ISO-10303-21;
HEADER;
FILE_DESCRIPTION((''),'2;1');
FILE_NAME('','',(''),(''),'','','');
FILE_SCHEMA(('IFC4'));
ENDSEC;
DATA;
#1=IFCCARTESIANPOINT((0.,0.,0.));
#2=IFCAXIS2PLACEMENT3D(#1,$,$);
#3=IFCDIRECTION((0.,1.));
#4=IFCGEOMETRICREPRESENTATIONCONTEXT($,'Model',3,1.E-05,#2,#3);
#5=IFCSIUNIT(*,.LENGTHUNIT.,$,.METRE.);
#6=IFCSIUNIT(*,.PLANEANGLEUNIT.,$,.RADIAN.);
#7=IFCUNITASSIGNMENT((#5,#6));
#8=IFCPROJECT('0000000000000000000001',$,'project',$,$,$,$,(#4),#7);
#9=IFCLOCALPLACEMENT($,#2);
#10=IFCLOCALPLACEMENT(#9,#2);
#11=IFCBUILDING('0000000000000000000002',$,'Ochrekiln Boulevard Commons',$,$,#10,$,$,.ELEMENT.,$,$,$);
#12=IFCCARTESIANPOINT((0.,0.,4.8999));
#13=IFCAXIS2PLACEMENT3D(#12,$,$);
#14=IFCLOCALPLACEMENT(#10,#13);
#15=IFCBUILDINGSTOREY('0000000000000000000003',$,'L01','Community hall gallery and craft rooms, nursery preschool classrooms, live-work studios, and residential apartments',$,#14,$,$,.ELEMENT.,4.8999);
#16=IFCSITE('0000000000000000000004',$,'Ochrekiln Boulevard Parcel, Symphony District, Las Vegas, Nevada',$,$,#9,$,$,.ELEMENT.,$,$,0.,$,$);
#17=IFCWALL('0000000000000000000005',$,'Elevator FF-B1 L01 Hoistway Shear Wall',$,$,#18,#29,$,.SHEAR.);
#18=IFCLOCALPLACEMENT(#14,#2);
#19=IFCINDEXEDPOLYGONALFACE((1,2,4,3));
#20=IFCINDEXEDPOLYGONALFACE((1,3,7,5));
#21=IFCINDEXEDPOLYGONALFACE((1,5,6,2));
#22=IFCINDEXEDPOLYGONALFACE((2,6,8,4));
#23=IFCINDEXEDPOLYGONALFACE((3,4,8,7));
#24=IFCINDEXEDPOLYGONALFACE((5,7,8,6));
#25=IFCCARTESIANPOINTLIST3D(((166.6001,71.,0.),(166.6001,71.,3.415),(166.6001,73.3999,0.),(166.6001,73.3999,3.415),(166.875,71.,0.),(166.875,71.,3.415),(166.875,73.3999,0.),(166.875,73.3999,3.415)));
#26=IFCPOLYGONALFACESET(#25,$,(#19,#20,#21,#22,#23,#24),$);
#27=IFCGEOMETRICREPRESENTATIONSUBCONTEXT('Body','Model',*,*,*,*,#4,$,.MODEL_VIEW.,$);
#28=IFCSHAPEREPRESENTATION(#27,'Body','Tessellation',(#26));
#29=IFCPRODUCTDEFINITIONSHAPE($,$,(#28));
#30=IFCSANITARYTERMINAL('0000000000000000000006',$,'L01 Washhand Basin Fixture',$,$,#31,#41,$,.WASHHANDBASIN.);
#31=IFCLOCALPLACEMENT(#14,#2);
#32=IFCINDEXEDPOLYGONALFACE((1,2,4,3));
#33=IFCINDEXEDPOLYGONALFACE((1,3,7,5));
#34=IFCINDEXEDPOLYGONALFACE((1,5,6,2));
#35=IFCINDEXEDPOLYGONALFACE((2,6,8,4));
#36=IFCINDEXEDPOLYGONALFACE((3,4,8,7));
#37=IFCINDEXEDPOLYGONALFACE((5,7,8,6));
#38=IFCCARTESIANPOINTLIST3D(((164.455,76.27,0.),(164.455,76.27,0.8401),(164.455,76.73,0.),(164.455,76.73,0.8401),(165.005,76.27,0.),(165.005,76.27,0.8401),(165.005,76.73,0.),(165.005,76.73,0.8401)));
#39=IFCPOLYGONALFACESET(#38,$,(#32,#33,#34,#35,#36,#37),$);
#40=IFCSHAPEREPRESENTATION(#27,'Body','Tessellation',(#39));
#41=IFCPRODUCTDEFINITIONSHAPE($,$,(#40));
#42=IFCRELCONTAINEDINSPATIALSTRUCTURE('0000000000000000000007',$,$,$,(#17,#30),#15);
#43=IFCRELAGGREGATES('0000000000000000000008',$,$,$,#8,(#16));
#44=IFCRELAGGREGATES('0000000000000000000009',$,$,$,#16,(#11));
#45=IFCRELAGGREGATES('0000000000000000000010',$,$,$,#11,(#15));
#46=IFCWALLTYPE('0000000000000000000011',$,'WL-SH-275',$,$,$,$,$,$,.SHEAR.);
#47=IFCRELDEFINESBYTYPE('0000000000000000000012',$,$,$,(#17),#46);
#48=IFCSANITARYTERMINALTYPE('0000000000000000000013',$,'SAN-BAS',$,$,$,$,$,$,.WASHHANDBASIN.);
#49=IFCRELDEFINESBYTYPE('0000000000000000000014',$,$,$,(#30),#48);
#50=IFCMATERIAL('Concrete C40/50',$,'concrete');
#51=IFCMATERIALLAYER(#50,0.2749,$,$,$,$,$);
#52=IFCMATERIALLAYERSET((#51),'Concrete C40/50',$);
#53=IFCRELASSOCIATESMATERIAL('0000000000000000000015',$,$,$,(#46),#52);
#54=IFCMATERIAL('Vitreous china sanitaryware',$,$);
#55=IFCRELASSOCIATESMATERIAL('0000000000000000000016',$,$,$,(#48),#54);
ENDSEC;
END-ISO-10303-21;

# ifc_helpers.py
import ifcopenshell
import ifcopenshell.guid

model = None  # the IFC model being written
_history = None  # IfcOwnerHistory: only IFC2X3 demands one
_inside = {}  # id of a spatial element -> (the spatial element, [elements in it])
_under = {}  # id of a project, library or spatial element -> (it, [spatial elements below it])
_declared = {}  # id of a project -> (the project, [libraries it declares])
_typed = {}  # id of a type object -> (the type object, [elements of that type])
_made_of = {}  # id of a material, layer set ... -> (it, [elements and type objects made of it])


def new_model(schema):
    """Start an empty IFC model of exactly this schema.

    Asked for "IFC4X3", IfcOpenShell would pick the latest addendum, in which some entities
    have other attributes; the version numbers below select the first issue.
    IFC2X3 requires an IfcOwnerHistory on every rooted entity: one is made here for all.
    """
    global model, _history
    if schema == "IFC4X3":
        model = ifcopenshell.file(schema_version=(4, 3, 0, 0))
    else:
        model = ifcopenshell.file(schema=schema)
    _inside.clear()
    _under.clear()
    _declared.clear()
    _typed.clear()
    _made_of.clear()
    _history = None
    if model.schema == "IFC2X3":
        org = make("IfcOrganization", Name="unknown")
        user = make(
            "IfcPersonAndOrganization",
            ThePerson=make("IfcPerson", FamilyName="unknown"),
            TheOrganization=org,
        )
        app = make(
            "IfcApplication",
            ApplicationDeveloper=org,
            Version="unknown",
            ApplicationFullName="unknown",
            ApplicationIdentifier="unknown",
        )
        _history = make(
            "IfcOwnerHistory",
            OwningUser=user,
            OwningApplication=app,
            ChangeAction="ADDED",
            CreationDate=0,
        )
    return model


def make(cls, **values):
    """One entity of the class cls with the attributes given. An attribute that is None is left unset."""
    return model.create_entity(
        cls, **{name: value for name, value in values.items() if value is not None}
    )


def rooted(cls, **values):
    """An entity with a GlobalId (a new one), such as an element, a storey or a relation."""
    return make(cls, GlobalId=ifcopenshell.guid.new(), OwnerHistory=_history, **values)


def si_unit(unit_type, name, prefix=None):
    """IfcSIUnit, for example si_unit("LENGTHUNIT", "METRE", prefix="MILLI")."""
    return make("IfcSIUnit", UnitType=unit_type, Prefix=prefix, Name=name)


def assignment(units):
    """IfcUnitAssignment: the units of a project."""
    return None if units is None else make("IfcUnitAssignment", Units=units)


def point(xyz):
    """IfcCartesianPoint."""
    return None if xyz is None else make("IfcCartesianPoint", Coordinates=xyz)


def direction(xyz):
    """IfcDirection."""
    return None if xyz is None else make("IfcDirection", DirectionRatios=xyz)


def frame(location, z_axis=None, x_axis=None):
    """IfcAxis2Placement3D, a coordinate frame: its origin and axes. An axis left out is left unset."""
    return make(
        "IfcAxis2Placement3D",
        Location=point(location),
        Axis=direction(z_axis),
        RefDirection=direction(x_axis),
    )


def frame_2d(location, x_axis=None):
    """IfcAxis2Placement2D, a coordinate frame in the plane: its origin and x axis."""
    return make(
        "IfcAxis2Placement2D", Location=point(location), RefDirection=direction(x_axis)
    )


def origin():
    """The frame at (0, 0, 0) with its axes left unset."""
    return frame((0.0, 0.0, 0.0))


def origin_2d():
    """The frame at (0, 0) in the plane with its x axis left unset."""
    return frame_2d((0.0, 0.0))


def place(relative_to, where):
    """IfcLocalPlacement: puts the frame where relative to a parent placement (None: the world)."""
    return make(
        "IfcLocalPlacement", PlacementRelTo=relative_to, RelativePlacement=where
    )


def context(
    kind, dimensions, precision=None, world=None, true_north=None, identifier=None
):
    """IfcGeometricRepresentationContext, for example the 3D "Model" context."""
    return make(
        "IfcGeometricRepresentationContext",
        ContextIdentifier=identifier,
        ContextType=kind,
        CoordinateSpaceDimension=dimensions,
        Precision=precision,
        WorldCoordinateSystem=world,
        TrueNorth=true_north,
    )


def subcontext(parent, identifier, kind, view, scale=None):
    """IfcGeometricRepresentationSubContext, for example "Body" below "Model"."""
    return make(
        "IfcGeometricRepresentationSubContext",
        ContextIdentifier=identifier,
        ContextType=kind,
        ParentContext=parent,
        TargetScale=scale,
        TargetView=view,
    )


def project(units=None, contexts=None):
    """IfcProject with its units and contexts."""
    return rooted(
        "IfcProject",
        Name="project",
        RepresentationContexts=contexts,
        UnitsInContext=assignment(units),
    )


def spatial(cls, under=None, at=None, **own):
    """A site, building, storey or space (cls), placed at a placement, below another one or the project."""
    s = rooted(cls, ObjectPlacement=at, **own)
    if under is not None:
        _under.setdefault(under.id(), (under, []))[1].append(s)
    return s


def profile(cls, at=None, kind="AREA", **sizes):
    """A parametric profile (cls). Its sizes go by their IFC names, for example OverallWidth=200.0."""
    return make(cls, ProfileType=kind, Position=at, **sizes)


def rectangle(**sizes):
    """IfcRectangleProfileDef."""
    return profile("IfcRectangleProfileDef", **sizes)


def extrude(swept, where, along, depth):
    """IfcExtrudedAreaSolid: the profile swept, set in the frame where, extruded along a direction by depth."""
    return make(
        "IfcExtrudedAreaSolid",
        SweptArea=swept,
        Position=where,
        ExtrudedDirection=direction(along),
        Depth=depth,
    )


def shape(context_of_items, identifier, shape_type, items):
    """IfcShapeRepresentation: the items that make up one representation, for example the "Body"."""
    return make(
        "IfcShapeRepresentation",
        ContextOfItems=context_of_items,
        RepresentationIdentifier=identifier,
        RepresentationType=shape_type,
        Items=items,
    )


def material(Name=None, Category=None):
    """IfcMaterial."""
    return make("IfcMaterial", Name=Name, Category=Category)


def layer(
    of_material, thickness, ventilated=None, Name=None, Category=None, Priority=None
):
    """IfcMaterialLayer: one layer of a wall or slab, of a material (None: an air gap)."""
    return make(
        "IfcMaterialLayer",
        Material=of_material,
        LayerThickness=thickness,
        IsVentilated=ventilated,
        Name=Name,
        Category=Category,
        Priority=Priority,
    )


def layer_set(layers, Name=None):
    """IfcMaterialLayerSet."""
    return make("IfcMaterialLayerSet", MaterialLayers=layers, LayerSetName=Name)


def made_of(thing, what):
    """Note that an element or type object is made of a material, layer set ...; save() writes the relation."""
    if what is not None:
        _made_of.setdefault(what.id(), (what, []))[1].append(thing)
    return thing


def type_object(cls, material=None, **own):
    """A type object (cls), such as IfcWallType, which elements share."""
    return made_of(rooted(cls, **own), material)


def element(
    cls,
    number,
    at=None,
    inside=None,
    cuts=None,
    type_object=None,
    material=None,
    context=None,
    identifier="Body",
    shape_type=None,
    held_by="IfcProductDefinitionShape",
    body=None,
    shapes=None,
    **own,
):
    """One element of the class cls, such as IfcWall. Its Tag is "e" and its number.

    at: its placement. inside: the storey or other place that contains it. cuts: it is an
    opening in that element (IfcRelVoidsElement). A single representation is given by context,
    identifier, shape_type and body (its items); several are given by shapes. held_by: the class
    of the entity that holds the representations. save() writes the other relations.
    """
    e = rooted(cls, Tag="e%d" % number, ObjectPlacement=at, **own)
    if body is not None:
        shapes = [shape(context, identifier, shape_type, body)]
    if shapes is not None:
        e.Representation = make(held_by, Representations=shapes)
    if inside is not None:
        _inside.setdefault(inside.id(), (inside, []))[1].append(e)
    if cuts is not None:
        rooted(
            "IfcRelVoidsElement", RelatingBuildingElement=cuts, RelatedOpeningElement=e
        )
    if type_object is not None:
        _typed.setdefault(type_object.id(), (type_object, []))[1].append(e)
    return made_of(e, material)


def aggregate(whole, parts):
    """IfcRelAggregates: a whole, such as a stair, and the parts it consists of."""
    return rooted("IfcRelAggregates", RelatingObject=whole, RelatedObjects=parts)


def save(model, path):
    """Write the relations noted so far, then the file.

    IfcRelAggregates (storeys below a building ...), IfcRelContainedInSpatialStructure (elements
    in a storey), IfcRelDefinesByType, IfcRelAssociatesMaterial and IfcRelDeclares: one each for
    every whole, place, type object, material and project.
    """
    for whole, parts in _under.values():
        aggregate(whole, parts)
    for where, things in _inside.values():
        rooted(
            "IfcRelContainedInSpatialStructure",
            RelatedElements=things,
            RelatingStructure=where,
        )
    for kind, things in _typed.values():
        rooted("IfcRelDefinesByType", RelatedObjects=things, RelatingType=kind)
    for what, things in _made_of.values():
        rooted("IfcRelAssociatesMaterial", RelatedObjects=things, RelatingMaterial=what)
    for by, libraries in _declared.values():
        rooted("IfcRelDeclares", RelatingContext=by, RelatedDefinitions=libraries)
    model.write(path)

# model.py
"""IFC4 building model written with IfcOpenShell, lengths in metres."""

from ifc_helpers import new_model, si_unit, direction, frame, frame_2d, origin, origin_2d, place, context, subcontext, project, spatial, rectangle, extrude, material, layer, layer_set, type_object, element, save


model = new_model("IFC4")

# Units and contexts
model_context = context("Model", 3, precision=1e-05, world=origin(), true_north=direction((0.0, 1.0)))
body_context = subcontext(model_context, "Body", "Model", "MODEL_VIEW")
ifc_project = project(units=[si_unit("LENGTHUNIT", "METRE"), si_unit("PLANEANGLEUNIT", "RADIAN")], contexts=[model_context])

# Site, building, storey
site_placement = place(None, origin())
site = spatial("IfcSite", under=ifc_project, at=site_placement, Name="Ochrekiln Boulevard Parcel, Symphony District, Las Vegas, Nevada", CompositionType="ELEMENT", RefElevation=0.0)
building_placement = place(site_placement, origin())
building = spatial("IfcBuilding", under=site, at=building_placement, Name="Ochrekiln Boulevard Commons", CompositionType="ELEMENT")
storey_placement = place(building_placement, frame((0.0, 0.0, 4.8999)))
storey = spatial("IfcBuildingStorey", under=building, at=storey_placement, Name="L01", Description="Community hall gallery and craft rooms, nursery preschool classrooms, live-work studios, and residential apartments", CompositionType="ELEMENT", Elevation=4.8999)

# Shared definitions
ifc_material_1 = material(Name="Concrete C40/50", Category="concrete")

# Shared definitions
ifc_layer_1 = layer(ifc_material_1, 0.2749)
ifc_layer_set_1 = layer_set([ifc_layer_1], Name="Concrete C40/50")
wall_type_1 = type_object("IfcWallType", Name="WL-SH-275", PredefinedType="SHEAR", material=ifc_layer_set_1)

# Wall
wall_1_placement = place(storey_placement, frame((166.7375, 71.0, 0.0), z_axis=(0.0, 0.0, 1.0), x_axis=(0.0, 1.0, 0.0)))
element("IfcWall", 1, at=wall_1_placement, inside=storey, type_object=wall_type_1, Name="Elevator FF-B1 L01 Hoistway Shear Wall", PredefinedType="SHEAR", context=body_context, shape_type="SweptSolid", body=[
    extrude(rectangle(XDim=2.3999, YDim=0.2749, at=frame_2d((1.2, 0.0))), origin(), (0.0, 0.0, 1.0), 3.415),
])

# Sanitary terminal
ifc_material_2 = material(Name="Vitreous china sanitaryware")
sanitary_terminal_type = type_object("IfcSanitaryTerminalType", Name="SAN-BAS", PredefinedType="WASHHANDBASIN", material=ifc_material_2)
sanitary_terminal_placement = place(storey_placement, frame((164.73, 76.5, 0.0), z_axis=(0.0, 0.0, 1.0), x_axis=(1.0, 0.0, 0.0)))
element("IfcSanitaryTerminal", 2, at=sanitary_terminal_placement, inside=storey, type_object=sanitary_terminal_type, Name="L01 Washhand Basin Fixture", PredefinedType="WASHHANDBASIN", context=body_context, shape_type="SweptSolid", body=[
    extrude(rectangle(XDim=0.55, YDim=0.46, at=origin_2d()), origin(), (0.0, 0.0, 1.0), 0.8401),
])

save(model, "model.ifc")
